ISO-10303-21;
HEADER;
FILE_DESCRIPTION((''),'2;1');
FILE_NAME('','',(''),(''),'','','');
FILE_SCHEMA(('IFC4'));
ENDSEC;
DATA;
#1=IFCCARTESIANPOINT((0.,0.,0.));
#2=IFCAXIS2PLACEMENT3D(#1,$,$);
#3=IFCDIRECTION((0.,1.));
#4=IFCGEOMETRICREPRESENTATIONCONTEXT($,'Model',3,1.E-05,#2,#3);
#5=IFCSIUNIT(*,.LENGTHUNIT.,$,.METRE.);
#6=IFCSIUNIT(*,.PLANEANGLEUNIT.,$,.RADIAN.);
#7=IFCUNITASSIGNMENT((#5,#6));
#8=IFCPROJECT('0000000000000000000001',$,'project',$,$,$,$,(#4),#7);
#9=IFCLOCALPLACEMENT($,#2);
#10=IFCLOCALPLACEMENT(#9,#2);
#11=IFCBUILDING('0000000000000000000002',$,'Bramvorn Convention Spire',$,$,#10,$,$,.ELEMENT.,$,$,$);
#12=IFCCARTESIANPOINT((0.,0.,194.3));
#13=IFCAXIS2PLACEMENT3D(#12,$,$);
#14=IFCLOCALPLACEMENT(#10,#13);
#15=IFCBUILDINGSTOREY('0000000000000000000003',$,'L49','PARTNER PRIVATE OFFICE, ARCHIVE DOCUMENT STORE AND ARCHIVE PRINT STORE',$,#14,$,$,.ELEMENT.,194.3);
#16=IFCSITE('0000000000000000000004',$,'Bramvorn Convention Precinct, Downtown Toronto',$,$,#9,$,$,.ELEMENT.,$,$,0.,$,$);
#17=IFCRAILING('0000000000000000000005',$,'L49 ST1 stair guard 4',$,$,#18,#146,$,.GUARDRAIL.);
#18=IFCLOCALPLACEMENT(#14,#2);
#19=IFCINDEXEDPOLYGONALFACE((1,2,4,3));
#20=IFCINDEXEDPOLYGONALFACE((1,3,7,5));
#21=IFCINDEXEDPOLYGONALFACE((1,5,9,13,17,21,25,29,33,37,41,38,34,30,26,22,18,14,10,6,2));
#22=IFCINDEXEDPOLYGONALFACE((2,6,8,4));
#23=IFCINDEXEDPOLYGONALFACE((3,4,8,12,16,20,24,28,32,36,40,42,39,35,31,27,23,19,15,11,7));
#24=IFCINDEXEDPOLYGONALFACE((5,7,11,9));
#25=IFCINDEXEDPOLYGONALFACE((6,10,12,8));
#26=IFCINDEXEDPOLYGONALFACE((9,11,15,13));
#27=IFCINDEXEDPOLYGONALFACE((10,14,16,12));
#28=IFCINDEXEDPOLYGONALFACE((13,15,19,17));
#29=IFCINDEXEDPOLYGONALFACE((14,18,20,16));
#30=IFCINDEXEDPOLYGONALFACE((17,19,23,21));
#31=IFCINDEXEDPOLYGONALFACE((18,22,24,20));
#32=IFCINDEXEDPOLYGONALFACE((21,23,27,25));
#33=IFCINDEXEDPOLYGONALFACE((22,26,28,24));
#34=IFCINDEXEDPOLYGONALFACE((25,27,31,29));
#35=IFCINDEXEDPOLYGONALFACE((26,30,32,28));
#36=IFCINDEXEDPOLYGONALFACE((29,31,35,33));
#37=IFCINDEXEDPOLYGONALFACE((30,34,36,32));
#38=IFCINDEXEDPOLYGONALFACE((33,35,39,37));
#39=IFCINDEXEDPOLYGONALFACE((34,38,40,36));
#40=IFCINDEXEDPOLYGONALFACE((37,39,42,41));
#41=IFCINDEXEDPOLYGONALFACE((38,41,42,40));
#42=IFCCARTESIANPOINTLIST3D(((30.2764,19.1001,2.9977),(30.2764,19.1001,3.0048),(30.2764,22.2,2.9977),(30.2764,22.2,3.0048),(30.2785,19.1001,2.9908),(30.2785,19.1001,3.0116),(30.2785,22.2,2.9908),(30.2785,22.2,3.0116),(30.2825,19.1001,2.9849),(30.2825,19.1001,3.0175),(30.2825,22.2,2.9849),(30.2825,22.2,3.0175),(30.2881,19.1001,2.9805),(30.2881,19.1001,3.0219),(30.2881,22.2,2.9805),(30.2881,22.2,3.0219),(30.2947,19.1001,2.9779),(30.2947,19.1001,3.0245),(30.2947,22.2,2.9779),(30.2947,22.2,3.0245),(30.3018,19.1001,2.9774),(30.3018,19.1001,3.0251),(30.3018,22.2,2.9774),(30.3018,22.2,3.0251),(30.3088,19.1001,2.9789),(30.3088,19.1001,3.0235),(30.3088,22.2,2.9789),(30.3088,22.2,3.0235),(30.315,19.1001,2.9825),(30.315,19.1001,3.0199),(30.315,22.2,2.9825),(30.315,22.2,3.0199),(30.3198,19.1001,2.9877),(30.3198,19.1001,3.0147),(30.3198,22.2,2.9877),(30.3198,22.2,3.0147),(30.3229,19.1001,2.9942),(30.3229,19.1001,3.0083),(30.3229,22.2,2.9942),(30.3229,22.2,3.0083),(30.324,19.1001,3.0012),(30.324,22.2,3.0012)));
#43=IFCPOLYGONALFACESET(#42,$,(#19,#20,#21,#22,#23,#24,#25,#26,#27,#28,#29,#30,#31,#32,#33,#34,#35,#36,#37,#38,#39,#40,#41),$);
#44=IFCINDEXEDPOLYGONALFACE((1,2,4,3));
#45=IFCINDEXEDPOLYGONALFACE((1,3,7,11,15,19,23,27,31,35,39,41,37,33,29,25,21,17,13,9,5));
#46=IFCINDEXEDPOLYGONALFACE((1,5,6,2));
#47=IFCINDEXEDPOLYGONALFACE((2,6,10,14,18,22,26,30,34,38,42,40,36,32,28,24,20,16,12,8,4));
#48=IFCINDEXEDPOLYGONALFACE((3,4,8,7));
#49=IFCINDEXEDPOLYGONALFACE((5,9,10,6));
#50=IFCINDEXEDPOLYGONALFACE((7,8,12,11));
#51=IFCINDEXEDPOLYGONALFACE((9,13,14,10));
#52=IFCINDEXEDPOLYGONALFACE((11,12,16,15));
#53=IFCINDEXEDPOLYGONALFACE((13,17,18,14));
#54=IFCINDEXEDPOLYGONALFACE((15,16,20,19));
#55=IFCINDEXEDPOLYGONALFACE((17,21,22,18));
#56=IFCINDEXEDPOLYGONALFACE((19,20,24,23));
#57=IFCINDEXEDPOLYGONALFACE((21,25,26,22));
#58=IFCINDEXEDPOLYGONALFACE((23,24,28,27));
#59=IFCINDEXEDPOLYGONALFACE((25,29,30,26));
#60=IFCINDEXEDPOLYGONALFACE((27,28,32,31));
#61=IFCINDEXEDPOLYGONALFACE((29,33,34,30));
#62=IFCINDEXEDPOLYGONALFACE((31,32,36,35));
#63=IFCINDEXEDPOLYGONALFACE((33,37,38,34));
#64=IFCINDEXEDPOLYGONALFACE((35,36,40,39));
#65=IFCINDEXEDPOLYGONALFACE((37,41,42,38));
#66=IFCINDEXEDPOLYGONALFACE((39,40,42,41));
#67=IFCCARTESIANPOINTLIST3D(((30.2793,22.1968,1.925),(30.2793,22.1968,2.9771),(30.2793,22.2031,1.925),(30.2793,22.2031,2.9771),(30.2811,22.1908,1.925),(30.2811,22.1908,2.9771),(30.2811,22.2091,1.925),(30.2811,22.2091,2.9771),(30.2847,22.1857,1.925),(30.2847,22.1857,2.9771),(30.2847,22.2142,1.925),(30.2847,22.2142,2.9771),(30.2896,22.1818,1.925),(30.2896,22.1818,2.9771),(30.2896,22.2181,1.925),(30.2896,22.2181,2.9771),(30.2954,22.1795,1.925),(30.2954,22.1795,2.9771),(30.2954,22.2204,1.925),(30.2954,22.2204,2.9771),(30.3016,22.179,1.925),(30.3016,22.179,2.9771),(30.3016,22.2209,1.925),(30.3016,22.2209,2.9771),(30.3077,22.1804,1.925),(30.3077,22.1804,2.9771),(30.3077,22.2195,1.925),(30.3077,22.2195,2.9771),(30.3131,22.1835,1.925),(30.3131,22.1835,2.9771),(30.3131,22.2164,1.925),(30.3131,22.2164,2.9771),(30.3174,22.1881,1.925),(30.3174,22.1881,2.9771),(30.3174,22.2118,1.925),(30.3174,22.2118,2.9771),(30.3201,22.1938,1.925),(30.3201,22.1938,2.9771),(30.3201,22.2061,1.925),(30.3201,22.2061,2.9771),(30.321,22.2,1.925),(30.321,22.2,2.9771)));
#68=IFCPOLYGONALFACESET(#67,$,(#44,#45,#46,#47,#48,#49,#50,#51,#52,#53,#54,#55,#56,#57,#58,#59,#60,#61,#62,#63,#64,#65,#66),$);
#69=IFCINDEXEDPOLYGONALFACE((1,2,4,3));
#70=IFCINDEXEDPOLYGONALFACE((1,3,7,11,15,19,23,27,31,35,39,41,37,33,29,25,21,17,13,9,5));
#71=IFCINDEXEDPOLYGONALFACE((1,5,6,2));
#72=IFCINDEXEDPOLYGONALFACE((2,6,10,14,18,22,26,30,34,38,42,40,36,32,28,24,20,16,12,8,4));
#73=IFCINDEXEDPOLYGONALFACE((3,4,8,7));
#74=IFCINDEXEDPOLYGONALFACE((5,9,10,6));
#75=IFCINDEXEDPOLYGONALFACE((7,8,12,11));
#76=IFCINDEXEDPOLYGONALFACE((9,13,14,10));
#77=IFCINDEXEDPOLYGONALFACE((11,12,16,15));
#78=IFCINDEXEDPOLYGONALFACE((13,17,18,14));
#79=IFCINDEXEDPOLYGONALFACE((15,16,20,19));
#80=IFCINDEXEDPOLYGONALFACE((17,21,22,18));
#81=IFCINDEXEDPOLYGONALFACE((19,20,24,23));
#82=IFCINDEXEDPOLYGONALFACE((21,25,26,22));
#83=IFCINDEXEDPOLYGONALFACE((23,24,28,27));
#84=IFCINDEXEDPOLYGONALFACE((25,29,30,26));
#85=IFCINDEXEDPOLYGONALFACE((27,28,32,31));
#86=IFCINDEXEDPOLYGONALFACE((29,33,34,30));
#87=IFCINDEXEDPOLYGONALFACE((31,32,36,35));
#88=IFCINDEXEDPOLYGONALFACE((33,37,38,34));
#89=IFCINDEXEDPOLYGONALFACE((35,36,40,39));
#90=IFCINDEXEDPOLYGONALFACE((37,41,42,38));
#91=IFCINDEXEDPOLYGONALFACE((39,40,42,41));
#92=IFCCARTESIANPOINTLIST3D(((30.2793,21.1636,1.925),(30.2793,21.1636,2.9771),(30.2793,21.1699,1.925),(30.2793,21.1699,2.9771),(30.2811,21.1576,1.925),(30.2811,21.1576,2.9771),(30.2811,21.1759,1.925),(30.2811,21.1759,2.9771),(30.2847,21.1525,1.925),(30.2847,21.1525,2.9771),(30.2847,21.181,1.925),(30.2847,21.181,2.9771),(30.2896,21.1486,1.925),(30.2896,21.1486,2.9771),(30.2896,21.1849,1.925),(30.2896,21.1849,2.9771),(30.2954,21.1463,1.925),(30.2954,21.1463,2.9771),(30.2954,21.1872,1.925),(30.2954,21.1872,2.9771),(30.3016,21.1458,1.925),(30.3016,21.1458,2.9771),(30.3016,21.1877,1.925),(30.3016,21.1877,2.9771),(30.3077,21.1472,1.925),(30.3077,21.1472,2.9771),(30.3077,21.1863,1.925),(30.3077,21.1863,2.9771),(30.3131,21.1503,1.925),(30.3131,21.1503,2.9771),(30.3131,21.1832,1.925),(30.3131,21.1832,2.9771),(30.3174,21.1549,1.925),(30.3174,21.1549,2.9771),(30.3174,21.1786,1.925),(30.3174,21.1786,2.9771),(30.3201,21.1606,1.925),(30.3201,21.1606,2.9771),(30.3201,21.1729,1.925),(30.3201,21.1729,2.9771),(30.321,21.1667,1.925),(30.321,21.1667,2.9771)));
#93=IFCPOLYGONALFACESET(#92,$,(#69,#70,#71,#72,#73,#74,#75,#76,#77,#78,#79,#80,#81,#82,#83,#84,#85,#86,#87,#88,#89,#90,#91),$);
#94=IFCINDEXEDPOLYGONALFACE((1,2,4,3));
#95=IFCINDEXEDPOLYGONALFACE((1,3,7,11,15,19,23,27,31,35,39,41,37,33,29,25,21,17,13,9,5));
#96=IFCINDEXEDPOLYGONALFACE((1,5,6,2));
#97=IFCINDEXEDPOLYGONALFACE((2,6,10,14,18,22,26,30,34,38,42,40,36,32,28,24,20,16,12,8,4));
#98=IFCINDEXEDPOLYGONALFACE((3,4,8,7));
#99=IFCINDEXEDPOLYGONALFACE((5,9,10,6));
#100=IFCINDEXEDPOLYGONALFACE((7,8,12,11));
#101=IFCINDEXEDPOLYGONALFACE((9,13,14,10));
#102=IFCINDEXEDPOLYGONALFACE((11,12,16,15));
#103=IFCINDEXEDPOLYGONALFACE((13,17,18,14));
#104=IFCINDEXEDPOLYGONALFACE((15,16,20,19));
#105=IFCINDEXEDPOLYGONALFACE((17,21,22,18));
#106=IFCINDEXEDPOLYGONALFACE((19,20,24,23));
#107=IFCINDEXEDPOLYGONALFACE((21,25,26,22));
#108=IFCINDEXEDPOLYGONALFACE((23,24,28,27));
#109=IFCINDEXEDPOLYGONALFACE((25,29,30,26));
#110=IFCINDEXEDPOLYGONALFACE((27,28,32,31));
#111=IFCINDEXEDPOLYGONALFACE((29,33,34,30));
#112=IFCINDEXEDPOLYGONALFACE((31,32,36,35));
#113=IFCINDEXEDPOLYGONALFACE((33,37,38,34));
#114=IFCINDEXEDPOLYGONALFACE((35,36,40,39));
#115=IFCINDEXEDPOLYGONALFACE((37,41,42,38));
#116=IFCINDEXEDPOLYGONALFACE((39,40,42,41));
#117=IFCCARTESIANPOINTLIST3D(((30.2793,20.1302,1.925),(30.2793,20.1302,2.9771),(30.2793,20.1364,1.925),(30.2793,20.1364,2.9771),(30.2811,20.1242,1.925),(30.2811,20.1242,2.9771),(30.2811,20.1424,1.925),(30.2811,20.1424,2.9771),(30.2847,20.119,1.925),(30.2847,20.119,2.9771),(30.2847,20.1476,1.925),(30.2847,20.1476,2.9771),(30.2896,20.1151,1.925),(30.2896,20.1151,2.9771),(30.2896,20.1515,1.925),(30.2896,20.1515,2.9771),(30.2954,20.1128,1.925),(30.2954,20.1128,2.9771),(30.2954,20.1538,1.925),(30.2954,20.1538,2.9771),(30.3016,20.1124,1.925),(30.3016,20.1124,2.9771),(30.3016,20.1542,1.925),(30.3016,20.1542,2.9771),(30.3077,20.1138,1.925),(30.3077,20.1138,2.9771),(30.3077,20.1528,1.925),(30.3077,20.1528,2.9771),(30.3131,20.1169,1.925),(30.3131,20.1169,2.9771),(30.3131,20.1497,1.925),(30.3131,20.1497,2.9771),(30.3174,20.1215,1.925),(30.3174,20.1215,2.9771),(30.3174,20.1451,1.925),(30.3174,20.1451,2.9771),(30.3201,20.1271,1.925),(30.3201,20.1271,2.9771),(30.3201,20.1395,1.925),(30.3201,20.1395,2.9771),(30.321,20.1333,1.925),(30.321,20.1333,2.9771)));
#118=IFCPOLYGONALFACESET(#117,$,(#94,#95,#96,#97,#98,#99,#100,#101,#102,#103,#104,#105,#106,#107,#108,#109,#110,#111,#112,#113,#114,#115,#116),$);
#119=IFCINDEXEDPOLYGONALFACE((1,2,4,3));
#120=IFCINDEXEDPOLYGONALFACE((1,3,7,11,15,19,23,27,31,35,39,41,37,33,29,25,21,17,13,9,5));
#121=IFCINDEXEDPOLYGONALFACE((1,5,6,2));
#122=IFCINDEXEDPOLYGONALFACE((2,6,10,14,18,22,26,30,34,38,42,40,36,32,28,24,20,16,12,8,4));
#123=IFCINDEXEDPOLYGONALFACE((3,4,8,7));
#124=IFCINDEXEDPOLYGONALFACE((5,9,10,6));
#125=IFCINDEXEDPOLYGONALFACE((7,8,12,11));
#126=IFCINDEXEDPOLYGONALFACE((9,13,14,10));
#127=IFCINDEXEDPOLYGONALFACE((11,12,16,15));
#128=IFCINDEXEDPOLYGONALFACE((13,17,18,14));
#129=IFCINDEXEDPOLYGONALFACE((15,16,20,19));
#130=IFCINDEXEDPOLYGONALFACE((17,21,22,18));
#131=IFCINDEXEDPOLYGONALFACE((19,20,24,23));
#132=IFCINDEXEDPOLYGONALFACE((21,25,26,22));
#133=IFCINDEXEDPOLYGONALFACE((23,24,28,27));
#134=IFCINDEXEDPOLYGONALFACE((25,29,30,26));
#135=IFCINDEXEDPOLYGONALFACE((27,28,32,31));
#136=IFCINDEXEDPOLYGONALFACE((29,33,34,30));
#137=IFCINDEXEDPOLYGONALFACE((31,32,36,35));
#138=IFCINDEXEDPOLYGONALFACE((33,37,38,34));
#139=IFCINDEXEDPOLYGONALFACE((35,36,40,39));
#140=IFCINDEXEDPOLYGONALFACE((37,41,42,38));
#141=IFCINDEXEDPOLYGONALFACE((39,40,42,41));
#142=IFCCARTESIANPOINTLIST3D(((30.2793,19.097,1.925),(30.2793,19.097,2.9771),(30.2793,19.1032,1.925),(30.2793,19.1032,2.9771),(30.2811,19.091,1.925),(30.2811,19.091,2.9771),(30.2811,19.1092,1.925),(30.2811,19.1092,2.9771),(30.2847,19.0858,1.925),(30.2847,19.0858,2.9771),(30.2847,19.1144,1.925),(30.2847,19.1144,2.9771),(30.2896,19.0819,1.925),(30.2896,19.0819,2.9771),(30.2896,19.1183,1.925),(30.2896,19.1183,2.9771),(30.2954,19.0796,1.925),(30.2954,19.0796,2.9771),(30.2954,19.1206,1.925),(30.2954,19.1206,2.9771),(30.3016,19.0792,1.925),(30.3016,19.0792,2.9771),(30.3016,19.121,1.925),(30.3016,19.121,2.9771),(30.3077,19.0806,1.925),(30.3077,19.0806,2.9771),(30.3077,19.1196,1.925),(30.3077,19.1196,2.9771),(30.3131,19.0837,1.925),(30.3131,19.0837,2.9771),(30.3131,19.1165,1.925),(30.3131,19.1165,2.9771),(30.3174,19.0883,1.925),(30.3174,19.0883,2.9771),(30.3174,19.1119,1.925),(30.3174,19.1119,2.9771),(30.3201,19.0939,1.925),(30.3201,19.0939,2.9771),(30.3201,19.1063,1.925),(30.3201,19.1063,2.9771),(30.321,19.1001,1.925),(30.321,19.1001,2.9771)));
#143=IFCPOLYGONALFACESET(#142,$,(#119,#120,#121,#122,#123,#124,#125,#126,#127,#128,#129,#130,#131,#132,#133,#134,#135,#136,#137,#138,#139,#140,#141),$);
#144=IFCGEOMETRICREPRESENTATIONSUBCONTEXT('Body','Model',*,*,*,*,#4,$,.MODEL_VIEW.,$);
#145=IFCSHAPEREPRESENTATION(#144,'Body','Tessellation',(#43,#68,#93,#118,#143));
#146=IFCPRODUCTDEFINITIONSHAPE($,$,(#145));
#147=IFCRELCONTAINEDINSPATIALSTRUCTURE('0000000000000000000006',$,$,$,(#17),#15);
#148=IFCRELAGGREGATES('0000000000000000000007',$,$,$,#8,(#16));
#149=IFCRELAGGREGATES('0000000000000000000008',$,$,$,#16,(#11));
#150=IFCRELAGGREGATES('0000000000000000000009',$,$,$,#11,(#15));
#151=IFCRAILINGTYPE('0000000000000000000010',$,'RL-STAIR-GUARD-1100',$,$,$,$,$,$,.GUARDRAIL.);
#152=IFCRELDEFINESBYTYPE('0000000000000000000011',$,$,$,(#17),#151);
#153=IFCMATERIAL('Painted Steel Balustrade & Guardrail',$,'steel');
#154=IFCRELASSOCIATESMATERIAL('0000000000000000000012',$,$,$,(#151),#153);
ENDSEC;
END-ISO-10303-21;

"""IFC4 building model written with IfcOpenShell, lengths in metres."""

from ifc_helpers import new_model, si_unit, direction, frame, origin, origin_2d, place, context, subcontext, project, spatial, circle, extrude, material, type_object, element, save


model = new_model("IFC4")

# Units and contexts
model_context = context("Model", 3, precision=1e-05, world=origin(), true_north=direction((0.0, 1.0)))
body_context = subcontext(model_context, "Body", "Model", "MODEL_VIEW")
ifc_project = project(units=[si_unit("LENGTHUNIT", "METRE"), si_unit("PLANEANGLEUNIT", "RADIAN")], contexts=[model_context])

# Site, building, storey
site_placement = place(None, origin())
site = spatial("IfcSite", under=ifc_project, at=site_placement, Name="Bramvorn Convention Precinct, Downtown Toronto", CompositionType="ELEMENT", RefElevation=0.0)
building_placement = place(site_placement, origin())
building = spatial("IfcBuilding", under=site, at=building_placement, Name="Bramvorn Convention Spire", CompositionType="ELEMENT")
storey_placement = place(building_placement, frame((0.0, 0.0, 194.3)))
storey = spatial("IfcBuildingStorey", under=building, at=storey_placement, Name="L49", Description="PARTNER PRIVATE OFFICE, ARCHIVE DOCUMENT STORE AND ARCHIVE PRINT STORE", CompositionType="ELEMENT", Elevation=194.3)

# Railing
ifc_material_1 = material(Name="Painted Steel Balustrade & Guardrail", Category="steel")
railing_type_1 = type_object("IfcRailingType", Name="RL-STAIR-GUARD-1100", PredefinedType="GUARDRAIL", material=ifc_material_1)
for number, where, name in (
    (1, (30.3, 22.2, 1.925), "L49 ST1 stair guard 4"),
):
    element("IfcRailing", number, at=place(storey_placement, frame(where)), inside=storey, type_object=railing_type_1, Name=name, PredefinedType="GUARDRAIL", context=body_context, shape_type="SweptSolid", body=[
        extrude(circle(Radius=0.0239, at=origin_2d()), frame((0.0, 0.0, 1.0762), z_axis=(0.0, -1.0, 0.0), x_axis=(1.0, 0.0, 0.0)), (0.0, 0.0, 1.0), 3.0999),
        extrude(circle(Radius=0.021, at=origin_2d()), origin(), (0.0, 0.0, 1.0), 1.052),
        extrude(circle(Radius=0.021, at=origin_2d()), frame((0.0, -1.0332, 0.0)), (0.0, 0.0, 1.0), 1.052),
        extrude(circle(Radius=0.021, at=origin_2d()), frame((0.0, -2.0667, 0.0)), (0.0, 0.0, 1.0), 1.052),
        extrude(circle(Radius=0.021, at=origin_2d()), frame((0.0, -3.0999, 0.0)), (0.0, 0.0, 1.0), 1.052),
    ])

save(model, "model.ifc")
